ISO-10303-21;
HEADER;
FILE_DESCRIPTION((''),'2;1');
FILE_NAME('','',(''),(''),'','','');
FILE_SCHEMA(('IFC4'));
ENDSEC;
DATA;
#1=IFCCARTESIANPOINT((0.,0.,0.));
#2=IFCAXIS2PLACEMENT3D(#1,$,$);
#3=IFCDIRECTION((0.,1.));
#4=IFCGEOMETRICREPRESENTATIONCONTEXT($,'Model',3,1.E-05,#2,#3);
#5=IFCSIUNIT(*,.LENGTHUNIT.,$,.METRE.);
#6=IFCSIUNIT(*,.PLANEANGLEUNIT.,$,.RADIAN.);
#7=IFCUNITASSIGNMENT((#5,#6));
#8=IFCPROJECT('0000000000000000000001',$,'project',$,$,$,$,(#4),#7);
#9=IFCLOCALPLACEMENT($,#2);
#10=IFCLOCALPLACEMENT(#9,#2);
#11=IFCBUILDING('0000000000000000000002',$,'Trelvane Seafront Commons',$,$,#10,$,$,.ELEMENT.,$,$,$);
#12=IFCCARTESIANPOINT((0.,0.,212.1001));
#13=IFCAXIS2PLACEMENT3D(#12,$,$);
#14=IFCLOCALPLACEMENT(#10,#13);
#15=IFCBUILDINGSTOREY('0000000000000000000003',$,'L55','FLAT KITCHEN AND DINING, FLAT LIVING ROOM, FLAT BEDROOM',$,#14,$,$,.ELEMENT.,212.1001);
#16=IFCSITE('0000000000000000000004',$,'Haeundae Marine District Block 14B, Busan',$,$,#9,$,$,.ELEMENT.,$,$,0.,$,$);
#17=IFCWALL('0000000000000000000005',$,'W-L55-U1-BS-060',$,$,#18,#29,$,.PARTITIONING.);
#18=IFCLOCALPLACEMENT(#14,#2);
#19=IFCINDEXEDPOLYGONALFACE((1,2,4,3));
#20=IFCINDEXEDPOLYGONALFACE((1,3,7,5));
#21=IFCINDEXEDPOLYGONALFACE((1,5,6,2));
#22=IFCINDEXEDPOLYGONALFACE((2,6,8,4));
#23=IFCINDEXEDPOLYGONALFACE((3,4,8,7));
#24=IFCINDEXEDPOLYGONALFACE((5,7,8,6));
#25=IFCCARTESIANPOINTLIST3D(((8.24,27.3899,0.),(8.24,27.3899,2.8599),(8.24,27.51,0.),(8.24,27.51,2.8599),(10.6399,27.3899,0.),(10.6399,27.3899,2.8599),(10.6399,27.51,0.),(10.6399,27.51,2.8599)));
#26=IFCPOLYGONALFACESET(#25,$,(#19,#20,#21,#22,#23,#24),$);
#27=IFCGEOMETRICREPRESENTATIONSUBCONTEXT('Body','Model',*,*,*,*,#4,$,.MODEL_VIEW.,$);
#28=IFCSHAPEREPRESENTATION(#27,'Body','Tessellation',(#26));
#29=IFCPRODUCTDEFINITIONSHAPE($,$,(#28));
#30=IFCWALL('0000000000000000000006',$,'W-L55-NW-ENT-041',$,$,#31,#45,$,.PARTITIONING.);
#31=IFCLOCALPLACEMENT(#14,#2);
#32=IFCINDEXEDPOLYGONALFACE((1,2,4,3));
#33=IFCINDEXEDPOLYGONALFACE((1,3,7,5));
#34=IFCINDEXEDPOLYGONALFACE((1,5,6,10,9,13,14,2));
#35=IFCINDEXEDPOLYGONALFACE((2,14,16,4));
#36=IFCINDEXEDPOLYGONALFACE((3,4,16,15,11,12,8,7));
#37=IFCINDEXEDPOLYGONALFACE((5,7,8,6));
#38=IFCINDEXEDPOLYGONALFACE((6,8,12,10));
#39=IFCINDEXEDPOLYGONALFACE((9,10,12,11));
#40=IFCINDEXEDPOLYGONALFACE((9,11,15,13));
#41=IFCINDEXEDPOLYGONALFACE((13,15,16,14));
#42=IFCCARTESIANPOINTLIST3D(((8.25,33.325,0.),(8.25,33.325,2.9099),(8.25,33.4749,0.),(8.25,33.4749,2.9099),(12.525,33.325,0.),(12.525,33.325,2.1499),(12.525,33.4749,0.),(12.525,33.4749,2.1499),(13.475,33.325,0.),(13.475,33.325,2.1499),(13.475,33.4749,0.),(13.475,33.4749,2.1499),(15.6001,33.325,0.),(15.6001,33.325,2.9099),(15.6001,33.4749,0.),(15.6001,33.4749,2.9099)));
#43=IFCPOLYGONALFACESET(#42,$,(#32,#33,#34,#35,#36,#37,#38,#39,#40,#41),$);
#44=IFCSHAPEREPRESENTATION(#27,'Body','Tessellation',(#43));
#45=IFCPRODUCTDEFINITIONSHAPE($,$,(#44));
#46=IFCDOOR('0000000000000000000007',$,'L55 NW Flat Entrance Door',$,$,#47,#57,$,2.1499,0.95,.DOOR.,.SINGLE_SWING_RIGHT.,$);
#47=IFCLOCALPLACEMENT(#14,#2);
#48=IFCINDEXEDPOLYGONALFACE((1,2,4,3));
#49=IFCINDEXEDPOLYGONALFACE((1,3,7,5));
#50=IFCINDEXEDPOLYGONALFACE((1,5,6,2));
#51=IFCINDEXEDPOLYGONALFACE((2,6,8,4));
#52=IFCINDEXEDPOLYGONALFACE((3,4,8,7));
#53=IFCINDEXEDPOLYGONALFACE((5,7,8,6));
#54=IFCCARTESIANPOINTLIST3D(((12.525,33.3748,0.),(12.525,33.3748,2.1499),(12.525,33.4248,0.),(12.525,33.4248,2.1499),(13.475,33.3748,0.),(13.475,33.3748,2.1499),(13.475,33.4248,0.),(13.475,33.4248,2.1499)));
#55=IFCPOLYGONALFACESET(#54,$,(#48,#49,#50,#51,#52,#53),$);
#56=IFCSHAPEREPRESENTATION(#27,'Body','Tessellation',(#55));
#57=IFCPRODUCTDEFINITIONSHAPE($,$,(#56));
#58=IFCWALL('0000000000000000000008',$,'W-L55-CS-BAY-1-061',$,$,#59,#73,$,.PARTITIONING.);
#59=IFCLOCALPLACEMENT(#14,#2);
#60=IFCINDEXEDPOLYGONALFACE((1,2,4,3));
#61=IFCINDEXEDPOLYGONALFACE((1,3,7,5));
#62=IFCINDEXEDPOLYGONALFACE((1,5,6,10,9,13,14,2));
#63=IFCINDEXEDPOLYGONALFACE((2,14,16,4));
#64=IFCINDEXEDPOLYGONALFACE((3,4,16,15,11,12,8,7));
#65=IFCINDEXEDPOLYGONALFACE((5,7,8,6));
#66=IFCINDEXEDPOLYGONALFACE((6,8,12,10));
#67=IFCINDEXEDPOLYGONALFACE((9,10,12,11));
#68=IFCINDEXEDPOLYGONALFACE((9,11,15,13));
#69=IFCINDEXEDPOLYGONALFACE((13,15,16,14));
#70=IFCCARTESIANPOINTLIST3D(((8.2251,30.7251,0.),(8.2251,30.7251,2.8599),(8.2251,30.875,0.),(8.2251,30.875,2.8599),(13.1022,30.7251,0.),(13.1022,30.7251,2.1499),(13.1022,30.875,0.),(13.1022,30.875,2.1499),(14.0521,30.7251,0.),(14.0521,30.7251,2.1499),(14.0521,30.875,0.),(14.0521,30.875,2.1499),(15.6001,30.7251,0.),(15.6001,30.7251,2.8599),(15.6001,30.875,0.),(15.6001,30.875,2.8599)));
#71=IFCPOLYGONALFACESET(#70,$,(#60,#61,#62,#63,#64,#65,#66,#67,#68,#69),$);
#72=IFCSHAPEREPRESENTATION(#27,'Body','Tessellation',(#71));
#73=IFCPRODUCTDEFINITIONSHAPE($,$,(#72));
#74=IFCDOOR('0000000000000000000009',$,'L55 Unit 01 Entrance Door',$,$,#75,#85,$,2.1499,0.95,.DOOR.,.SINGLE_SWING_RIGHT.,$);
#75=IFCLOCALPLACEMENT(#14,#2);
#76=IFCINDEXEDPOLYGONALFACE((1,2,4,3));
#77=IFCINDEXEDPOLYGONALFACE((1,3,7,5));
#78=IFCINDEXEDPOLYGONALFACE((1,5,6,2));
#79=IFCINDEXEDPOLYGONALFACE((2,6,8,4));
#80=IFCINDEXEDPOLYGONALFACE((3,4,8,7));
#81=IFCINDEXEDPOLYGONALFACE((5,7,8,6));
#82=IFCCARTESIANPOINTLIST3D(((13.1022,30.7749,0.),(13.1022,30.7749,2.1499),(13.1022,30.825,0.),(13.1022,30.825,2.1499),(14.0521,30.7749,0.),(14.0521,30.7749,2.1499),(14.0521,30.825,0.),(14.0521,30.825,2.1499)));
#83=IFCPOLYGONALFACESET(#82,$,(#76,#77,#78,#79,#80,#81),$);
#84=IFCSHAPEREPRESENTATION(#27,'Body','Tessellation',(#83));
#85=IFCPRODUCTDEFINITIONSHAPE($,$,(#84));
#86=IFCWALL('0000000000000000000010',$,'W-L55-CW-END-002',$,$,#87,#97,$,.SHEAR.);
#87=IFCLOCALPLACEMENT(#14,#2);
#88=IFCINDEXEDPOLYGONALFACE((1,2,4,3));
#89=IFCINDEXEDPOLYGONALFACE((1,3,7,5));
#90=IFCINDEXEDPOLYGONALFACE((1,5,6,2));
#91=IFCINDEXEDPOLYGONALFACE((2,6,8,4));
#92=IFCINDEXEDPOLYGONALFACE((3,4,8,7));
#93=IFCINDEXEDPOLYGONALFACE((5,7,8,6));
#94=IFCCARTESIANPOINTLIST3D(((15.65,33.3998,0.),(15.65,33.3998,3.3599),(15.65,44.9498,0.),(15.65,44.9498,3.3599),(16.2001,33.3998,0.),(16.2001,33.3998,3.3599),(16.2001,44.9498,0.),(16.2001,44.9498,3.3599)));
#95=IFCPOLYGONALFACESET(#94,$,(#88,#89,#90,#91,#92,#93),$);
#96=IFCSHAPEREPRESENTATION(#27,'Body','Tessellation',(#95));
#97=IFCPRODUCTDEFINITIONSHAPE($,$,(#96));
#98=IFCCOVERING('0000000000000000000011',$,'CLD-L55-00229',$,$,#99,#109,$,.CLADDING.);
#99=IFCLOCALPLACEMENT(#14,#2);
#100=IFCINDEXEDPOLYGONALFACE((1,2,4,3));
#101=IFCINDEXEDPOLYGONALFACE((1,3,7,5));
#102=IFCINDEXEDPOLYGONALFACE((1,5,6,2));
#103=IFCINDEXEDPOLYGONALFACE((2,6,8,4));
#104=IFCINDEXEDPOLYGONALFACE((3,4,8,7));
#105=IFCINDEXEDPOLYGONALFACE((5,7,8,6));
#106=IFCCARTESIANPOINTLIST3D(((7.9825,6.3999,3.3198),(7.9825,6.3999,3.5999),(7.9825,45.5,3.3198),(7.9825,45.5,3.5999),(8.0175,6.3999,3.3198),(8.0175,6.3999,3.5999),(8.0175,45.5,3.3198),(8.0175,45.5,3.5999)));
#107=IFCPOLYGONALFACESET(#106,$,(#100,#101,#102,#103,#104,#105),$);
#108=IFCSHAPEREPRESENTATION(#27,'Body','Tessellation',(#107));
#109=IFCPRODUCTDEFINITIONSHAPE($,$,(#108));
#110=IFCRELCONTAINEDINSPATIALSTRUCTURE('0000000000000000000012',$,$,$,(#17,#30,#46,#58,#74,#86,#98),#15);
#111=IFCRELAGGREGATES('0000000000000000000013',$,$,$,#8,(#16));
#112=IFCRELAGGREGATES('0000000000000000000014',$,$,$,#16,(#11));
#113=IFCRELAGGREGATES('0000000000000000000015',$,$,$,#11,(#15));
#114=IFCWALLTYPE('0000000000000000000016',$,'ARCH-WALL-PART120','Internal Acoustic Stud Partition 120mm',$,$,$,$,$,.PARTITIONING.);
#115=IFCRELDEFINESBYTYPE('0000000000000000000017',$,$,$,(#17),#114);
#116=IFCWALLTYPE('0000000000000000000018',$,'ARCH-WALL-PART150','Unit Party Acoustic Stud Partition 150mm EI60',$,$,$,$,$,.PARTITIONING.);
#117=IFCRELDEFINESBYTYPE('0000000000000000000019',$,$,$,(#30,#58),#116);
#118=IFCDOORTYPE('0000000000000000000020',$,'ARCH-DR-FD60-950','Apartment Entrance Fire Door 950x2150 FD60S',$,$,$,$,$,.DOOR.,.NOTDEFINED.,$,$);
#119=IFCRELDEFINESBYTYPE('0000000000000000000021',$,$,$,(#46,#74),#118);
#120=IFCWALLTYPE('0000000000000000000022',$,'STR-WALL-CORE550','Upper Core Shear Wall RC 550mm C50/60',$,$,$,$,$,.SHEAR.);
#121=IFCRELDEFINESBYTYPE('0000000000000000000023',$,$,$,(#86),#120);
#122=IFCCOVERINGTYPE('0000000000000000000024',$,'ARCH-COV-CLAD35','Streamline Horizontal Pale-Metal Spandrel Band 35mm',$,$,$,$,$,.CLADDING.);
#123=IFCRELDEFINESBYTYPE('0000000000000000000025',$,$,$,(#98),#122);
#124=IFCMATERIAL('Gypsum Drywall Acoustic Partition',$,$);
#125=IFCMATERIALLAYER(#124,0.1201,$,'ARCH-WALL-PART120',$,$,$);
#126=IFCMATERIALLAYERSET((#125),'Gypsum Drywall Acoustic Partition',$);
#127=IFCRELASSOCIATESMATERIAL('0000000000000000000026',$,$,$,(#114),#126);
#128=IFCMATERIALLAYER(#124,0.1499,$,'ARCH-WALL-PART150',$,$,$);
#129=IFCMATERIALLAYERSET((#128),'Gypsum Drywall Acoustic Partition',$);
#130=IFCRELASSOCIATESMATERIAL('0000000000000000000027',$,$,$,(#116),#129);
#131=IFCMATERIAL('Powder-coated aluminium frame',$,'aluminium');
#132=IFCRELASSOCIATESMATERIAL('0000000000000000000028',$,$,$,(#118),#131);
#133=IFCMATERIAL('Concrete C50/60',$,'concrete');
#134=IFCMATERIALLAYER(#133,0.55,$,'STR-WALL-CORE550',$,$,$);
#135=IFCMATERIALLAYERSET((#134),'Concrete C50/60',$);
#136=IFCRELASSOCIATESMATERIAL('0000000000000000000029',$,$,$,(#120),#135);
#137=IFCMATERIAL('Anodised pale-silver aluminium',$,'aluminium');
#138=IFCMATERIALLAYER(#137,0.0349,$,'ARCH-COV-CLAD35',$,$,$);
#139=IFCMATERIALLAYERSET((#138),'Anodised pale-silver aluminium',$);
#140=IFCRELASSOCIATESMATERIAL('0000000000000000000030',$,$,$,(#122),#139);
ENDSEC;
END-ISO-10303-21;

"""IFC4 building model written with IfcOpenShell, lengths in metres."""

from ifc_helpers import new_model, si_unit, direction, frame, frame_2d, origin, origin_2d, place, context, subcontext, project, spatial, rectangle, extrude, source, transform, mapped, material, layer, layer_set, type_object, element, fill, save


model = new_model("IFC4")

# Units and contexts
model_context = context("Model", 3, precision=1e-05, world=origin(), true_north=direction((0.0, 1.0)))
body_context = subcontext(model_context, "Body", "Model", "MODEL_VIEW")
ifc_project = project(units=[si_unit("LENGTHUNIT", "METRE"), si_unit("PLANEANGLEUNIT", "RADIAN")], contexts=[model_context])

# Site, building, storey
site_placement = place(None, origin())
site = spatial("IfcSite", under=ifc_project, at=site_placement, Name="Haeundae Marine District Block 14B, Busan", CompositionType="ELEMENT", RefElevation=0.0)
building_placement = place(site_placement, origin())
building = spatial("IfcBuilding", under=site, at=building_placement, Name="Trelvane Seafront Commons", CompositionType="ELEMENT")
storey_placement = place(building_placement, frame((0.0, 0.0, 212.1001)))
storey = spatial("IfcBuildingStorey", under=building, at=storey_placement, Name="L55", Description="FLAT KITCHEN AND DINING, FLAT LIVING ROOM, FLAT BEDROOM", CompositionType="ELEMENT", Elevation=212.1001)

# Shared definitions
ifc_material_1 = material(Name="Concrete C50/60", Category="concrete")

# Shared definitions
ifc_material_2 = material(Name="Gypsum Drywall Acoustic Partition")
ifc_layer_1 = layer(ifc_material_2, 0.1201, Name="ARCH-WALL-PART120")
ifc_layer_set_1 = layer_set([ifc_layer_1], Name="Gypsum Drywall Acoustic Partition")
wall_type_1 = type_object("IfcWallType", Name="ARCH-WALL-PART120", Description="Internal Acoustic Stud Partition 120mm", PredefinedType="PARTITIONING", material=ifc_layer_set_1)
shared_shape_1 = source(origin(), body_context, "Body", "SweptSolid", [
    extrude(rectangle(XDim=0.95, YDim=2.1499, at=frame_2d((0.4751, 1.075))), frame((0.0, 0.0249, 0.0), z_axis=(0.0, -1.0, 0.0), x_axis=(1.0, 0.0, 0.0)), (0.0, 0.0, 1.0), 0.05),
])

# Wall
wall_1_placement = place(storey_placement, frame((8.24, 27.45, 0.0), z_axis=(0.0, 0.0, 1.0), x_axis=(1.0, 0.0, 0.0)))
element("IfcWall", 1, at=wall_1_placement, inside=storey, type_object=wall_type_1, Name="W-L55-U1-BS-060", PredefinedType="PARTITIONING", context=body_context, shape_type="SweptSolid", body=[
    extrude(rectangle(XDim=2.3999, YDim=0.1201, at=frame_2d((1.2, 0.0))), origin(), (0.0, 0.0, 1.0), 2.8599),
])

# Walls, openings, doors
ifc_layer_2 = layer(ifc_material_2, 0.1499, Name="ARCH-WALL-PART150")
ifc_layer_set_2 = layer_set([ifc_layer_2], Name="Gypsum Drywall Acoustic Partition")
wall_type_2 = type_object("IfcWallType", Name="ARCH-WALL-PART150", Description="Unit Party Acoustic Stud Partition 150mm EI60", PredefinedType="PARTITIONING", material=ifc_layer_set_2)
wall_2_placement = place(storey_placement, frame((8.25, 33.3999, 0.0), z_axis=(0.0, 0.0, 1.0), x_axis=(1.0, 0.0, 0.0)))
wall_2 = element("IfcWall", 2, at=wall_2_placement, inside=storey, type_object=wall_type_2, Name="W-L55-NW-ENT-041", PredefinedType="PARTITIONING", context=body_context, shape_type="SweptSolid", body=[
    extrude(rectangle(XDim=7.3501, YDim=0.1499, at=frame_2d((3.675, 0.0))), origin(), (0.0, 0.0, 1.0), 2.9099),
])
opening_1_placement = place(wall_2_placement, frame((4.2749, 0.0, 0.0)))
opening_1 = element("IfcOpeningElement", 3, at=opening_1_placement, cuts=wall_2, PredefinedType="OPENING", context=body_context, shape_type="SweptSolid", body=[
    extrude(rectangle(XDim=0.95, YDim=2.1499, at=frame_2d((0.4751, 1.075))), frame((0.0, 0.085, 0.0), z_axis=(0.0, -1.0, 0.0), x_axis=(1.0, 0.0, 0.0)), (0.0, 0.0, 1.0), 0.1699),
])
ifc_material_3 = material(Name="Powder-coated aluminium frame", Category="aluminium")
door_type_1 = type_object("IfcDoorType", Name="ARCH-DR-FD60-950", Description="Apartment Entrance Fire Door 950x2150 FD60S", OperationType="NOTDEFINED", PredefinedType="DOOR", material=ifc_material_3)
door_1_placement = place(opening_1_placement, origin())
door_1 = element("IfcDoor", 4, at=door_1_placement, inside=storey, type_object=door_type_1, Name="L55 NW Flat Entrance Door", OperationType="SINGLE_SWING_RIGHT", OverallHeight=2.1499, OverallWidth=0.95, PredefinedType="DOOR", context=body_context, shape_type="MappedRepresentation", body=[
    mapped(shared_shape_1, transform((0.0, 0.0, 0.0), x_axis=(1.0, 0.0, 0.0), y_axis=(0.0, 1.0, 0.0), z_axis=(0.0, 0.0, 1.0), scale=1.0)),
])
fill(opening_1, door_1)
wall_3_placement = place(storey_placement, frame((8.2251, 30.8, 0.0), z_axis=(0.0, 0.0, 1.0), x_axis=(1.0, 0.0, 0.0)))
wall_3 = element("IfcWall", 5, at=wall_3_placement, inside=storey, type_object=wall_type_2, Name="W-L55-CS-BAY-1-061", PredefinedType="PARTITIONING", context=body_context, shape_type="SweptSolid", body=[
    extrude(rectangle(XDim=7.375, YDim=0.1499, at=frame_2d((3.6875, 0.0))), origin(), (0.0, 0.0, 1.0), 2.8599),
])
opening_2_placement = place(wall_3_placement, frame((4.877, 0.0, 0.0)))
opening_2 = element("IfcOpeningElement", 6, at=opening_2_placement, cuts=wall_3, PredefinedType="OPENING", context=body_context, shape_type="SweptSolid", body=[
    extrude(rectangle(XDim=0.95, YDim=2.1499, at=frame_2d((0.4751, 1.075))), frame((0.0, 0.085, 0.0), z_axis=(0.0, -1.0, 0.0), x_axis=(1.0, 0.0, 0.0)), (0.0, 0.0, 1.0), 0.1699),
])
door_2_placement = place(opening_2_placement, origin())
door_2 = element("IfcDoor", 7, at=door_2_placement, inside=storey, type_object=door_type_1, Name="L55 Unit 01 Entrance Door", OperationType="SINGLE_SWING_RIGHT", OverallHeight=2.1499, OverallWidth=0.95, PredefinedType="DOOR", context=body_context, shape_type="MappedRepresentation", body=[
    mapped(shared_shape_1, transform((0.0, 0.0, 0.0), x_axis=(1.0, 0.0, 0.0), y_axis=(0.0, 1.0, 0.0), z_axis=(0.0, 0.0, 1.0), scale=1.0)),
])
fill(opening_2, door_2)

# Wall
ifc_layer_3 = layer(ifc_material_1, 0.55, Name="STR-WALL-CORE550")
ifc_layer_set_3 = layer_set([ifc_layer_3], Name="Concrete C50/60")
wall_type_3 = type_object("IfcWallType", Name="STR-WALL-CORE550", Description="Upper Core Shear Wall RC 550mm C50/60", PredefinedType="SHEAR", material=ifc_layer_set_3)
wall_4_placement = place(storey_placement, frame((15.925, 33.3999, 0.0), z_axis=(0.0, 0.0, 1.0), x_axis=(0.0, 1.0, 0.0)))
element("IfcWall", 8, at=wall_4_placement, inside=storey, type_object=wall_type_3, Name="W-L55-CW-END-002", PredefinedType="SHEAR", context=body_context, shape_type="SweptSolid", body=[
    extrude(rectangle(XDim=11.55, YDim=0.55, at=frame_2d((5.7749, 0.0))), origin(), (0.0, 0.0, 1.0), 3.3599),
])

# Covering
ifc_material_4 = material(Name="Anodised pale-silver aluminium", Category="aluminium")
ifc_layer_4 = layer(ifc_material_4, 0.0349, Name="ARCH-COV-CLAD35")
ifc_layer_set_4 = layer_set([ifc_layer_4], Name="Anodised pale-silver aluminium")
covering_type = type_object("IfcCoveringType", Name="ARCH-COV-CLAD35", Description="Streamline Horizontal Pale-Metal Spandrel Band 35mm", PredefinedType="CLADDING", material=ifc_layer_set_4)
shared_shape_2 = source(origin(), body_context, "Body", "SweptSolid", [
    extrude(rectangle(XDim=39.1001, YDim=0.0349, at=origin_2d()), origin(), (0.0, 0.0, 1.0), 0.28),
])
covering_placement = place(storey_placement, frame((8.0, 25.95, 3.3198), z_axis=(0.0, 0.0, 1.0), x_axis=(0.0, 1.0, 0.0)))
element("IfcCovering", 9, at=covering_placement, inside=storey, type_object=covering_type, Name="CLD-L55-00229", PredefinedType="CLADDING", context=body_context, shape_type="MappedRepresentation", body=[
    mapped(shared_shape_2, transform((0.0, 0.0, 0.0), x_axis=(1.0, 0.0, 0.0), y_axis=(0.0, 1.0, 0.0), z_axis=(0.0, 0.0, 1.0), scale=1.0)),
])

save(model, "model.ifc")
